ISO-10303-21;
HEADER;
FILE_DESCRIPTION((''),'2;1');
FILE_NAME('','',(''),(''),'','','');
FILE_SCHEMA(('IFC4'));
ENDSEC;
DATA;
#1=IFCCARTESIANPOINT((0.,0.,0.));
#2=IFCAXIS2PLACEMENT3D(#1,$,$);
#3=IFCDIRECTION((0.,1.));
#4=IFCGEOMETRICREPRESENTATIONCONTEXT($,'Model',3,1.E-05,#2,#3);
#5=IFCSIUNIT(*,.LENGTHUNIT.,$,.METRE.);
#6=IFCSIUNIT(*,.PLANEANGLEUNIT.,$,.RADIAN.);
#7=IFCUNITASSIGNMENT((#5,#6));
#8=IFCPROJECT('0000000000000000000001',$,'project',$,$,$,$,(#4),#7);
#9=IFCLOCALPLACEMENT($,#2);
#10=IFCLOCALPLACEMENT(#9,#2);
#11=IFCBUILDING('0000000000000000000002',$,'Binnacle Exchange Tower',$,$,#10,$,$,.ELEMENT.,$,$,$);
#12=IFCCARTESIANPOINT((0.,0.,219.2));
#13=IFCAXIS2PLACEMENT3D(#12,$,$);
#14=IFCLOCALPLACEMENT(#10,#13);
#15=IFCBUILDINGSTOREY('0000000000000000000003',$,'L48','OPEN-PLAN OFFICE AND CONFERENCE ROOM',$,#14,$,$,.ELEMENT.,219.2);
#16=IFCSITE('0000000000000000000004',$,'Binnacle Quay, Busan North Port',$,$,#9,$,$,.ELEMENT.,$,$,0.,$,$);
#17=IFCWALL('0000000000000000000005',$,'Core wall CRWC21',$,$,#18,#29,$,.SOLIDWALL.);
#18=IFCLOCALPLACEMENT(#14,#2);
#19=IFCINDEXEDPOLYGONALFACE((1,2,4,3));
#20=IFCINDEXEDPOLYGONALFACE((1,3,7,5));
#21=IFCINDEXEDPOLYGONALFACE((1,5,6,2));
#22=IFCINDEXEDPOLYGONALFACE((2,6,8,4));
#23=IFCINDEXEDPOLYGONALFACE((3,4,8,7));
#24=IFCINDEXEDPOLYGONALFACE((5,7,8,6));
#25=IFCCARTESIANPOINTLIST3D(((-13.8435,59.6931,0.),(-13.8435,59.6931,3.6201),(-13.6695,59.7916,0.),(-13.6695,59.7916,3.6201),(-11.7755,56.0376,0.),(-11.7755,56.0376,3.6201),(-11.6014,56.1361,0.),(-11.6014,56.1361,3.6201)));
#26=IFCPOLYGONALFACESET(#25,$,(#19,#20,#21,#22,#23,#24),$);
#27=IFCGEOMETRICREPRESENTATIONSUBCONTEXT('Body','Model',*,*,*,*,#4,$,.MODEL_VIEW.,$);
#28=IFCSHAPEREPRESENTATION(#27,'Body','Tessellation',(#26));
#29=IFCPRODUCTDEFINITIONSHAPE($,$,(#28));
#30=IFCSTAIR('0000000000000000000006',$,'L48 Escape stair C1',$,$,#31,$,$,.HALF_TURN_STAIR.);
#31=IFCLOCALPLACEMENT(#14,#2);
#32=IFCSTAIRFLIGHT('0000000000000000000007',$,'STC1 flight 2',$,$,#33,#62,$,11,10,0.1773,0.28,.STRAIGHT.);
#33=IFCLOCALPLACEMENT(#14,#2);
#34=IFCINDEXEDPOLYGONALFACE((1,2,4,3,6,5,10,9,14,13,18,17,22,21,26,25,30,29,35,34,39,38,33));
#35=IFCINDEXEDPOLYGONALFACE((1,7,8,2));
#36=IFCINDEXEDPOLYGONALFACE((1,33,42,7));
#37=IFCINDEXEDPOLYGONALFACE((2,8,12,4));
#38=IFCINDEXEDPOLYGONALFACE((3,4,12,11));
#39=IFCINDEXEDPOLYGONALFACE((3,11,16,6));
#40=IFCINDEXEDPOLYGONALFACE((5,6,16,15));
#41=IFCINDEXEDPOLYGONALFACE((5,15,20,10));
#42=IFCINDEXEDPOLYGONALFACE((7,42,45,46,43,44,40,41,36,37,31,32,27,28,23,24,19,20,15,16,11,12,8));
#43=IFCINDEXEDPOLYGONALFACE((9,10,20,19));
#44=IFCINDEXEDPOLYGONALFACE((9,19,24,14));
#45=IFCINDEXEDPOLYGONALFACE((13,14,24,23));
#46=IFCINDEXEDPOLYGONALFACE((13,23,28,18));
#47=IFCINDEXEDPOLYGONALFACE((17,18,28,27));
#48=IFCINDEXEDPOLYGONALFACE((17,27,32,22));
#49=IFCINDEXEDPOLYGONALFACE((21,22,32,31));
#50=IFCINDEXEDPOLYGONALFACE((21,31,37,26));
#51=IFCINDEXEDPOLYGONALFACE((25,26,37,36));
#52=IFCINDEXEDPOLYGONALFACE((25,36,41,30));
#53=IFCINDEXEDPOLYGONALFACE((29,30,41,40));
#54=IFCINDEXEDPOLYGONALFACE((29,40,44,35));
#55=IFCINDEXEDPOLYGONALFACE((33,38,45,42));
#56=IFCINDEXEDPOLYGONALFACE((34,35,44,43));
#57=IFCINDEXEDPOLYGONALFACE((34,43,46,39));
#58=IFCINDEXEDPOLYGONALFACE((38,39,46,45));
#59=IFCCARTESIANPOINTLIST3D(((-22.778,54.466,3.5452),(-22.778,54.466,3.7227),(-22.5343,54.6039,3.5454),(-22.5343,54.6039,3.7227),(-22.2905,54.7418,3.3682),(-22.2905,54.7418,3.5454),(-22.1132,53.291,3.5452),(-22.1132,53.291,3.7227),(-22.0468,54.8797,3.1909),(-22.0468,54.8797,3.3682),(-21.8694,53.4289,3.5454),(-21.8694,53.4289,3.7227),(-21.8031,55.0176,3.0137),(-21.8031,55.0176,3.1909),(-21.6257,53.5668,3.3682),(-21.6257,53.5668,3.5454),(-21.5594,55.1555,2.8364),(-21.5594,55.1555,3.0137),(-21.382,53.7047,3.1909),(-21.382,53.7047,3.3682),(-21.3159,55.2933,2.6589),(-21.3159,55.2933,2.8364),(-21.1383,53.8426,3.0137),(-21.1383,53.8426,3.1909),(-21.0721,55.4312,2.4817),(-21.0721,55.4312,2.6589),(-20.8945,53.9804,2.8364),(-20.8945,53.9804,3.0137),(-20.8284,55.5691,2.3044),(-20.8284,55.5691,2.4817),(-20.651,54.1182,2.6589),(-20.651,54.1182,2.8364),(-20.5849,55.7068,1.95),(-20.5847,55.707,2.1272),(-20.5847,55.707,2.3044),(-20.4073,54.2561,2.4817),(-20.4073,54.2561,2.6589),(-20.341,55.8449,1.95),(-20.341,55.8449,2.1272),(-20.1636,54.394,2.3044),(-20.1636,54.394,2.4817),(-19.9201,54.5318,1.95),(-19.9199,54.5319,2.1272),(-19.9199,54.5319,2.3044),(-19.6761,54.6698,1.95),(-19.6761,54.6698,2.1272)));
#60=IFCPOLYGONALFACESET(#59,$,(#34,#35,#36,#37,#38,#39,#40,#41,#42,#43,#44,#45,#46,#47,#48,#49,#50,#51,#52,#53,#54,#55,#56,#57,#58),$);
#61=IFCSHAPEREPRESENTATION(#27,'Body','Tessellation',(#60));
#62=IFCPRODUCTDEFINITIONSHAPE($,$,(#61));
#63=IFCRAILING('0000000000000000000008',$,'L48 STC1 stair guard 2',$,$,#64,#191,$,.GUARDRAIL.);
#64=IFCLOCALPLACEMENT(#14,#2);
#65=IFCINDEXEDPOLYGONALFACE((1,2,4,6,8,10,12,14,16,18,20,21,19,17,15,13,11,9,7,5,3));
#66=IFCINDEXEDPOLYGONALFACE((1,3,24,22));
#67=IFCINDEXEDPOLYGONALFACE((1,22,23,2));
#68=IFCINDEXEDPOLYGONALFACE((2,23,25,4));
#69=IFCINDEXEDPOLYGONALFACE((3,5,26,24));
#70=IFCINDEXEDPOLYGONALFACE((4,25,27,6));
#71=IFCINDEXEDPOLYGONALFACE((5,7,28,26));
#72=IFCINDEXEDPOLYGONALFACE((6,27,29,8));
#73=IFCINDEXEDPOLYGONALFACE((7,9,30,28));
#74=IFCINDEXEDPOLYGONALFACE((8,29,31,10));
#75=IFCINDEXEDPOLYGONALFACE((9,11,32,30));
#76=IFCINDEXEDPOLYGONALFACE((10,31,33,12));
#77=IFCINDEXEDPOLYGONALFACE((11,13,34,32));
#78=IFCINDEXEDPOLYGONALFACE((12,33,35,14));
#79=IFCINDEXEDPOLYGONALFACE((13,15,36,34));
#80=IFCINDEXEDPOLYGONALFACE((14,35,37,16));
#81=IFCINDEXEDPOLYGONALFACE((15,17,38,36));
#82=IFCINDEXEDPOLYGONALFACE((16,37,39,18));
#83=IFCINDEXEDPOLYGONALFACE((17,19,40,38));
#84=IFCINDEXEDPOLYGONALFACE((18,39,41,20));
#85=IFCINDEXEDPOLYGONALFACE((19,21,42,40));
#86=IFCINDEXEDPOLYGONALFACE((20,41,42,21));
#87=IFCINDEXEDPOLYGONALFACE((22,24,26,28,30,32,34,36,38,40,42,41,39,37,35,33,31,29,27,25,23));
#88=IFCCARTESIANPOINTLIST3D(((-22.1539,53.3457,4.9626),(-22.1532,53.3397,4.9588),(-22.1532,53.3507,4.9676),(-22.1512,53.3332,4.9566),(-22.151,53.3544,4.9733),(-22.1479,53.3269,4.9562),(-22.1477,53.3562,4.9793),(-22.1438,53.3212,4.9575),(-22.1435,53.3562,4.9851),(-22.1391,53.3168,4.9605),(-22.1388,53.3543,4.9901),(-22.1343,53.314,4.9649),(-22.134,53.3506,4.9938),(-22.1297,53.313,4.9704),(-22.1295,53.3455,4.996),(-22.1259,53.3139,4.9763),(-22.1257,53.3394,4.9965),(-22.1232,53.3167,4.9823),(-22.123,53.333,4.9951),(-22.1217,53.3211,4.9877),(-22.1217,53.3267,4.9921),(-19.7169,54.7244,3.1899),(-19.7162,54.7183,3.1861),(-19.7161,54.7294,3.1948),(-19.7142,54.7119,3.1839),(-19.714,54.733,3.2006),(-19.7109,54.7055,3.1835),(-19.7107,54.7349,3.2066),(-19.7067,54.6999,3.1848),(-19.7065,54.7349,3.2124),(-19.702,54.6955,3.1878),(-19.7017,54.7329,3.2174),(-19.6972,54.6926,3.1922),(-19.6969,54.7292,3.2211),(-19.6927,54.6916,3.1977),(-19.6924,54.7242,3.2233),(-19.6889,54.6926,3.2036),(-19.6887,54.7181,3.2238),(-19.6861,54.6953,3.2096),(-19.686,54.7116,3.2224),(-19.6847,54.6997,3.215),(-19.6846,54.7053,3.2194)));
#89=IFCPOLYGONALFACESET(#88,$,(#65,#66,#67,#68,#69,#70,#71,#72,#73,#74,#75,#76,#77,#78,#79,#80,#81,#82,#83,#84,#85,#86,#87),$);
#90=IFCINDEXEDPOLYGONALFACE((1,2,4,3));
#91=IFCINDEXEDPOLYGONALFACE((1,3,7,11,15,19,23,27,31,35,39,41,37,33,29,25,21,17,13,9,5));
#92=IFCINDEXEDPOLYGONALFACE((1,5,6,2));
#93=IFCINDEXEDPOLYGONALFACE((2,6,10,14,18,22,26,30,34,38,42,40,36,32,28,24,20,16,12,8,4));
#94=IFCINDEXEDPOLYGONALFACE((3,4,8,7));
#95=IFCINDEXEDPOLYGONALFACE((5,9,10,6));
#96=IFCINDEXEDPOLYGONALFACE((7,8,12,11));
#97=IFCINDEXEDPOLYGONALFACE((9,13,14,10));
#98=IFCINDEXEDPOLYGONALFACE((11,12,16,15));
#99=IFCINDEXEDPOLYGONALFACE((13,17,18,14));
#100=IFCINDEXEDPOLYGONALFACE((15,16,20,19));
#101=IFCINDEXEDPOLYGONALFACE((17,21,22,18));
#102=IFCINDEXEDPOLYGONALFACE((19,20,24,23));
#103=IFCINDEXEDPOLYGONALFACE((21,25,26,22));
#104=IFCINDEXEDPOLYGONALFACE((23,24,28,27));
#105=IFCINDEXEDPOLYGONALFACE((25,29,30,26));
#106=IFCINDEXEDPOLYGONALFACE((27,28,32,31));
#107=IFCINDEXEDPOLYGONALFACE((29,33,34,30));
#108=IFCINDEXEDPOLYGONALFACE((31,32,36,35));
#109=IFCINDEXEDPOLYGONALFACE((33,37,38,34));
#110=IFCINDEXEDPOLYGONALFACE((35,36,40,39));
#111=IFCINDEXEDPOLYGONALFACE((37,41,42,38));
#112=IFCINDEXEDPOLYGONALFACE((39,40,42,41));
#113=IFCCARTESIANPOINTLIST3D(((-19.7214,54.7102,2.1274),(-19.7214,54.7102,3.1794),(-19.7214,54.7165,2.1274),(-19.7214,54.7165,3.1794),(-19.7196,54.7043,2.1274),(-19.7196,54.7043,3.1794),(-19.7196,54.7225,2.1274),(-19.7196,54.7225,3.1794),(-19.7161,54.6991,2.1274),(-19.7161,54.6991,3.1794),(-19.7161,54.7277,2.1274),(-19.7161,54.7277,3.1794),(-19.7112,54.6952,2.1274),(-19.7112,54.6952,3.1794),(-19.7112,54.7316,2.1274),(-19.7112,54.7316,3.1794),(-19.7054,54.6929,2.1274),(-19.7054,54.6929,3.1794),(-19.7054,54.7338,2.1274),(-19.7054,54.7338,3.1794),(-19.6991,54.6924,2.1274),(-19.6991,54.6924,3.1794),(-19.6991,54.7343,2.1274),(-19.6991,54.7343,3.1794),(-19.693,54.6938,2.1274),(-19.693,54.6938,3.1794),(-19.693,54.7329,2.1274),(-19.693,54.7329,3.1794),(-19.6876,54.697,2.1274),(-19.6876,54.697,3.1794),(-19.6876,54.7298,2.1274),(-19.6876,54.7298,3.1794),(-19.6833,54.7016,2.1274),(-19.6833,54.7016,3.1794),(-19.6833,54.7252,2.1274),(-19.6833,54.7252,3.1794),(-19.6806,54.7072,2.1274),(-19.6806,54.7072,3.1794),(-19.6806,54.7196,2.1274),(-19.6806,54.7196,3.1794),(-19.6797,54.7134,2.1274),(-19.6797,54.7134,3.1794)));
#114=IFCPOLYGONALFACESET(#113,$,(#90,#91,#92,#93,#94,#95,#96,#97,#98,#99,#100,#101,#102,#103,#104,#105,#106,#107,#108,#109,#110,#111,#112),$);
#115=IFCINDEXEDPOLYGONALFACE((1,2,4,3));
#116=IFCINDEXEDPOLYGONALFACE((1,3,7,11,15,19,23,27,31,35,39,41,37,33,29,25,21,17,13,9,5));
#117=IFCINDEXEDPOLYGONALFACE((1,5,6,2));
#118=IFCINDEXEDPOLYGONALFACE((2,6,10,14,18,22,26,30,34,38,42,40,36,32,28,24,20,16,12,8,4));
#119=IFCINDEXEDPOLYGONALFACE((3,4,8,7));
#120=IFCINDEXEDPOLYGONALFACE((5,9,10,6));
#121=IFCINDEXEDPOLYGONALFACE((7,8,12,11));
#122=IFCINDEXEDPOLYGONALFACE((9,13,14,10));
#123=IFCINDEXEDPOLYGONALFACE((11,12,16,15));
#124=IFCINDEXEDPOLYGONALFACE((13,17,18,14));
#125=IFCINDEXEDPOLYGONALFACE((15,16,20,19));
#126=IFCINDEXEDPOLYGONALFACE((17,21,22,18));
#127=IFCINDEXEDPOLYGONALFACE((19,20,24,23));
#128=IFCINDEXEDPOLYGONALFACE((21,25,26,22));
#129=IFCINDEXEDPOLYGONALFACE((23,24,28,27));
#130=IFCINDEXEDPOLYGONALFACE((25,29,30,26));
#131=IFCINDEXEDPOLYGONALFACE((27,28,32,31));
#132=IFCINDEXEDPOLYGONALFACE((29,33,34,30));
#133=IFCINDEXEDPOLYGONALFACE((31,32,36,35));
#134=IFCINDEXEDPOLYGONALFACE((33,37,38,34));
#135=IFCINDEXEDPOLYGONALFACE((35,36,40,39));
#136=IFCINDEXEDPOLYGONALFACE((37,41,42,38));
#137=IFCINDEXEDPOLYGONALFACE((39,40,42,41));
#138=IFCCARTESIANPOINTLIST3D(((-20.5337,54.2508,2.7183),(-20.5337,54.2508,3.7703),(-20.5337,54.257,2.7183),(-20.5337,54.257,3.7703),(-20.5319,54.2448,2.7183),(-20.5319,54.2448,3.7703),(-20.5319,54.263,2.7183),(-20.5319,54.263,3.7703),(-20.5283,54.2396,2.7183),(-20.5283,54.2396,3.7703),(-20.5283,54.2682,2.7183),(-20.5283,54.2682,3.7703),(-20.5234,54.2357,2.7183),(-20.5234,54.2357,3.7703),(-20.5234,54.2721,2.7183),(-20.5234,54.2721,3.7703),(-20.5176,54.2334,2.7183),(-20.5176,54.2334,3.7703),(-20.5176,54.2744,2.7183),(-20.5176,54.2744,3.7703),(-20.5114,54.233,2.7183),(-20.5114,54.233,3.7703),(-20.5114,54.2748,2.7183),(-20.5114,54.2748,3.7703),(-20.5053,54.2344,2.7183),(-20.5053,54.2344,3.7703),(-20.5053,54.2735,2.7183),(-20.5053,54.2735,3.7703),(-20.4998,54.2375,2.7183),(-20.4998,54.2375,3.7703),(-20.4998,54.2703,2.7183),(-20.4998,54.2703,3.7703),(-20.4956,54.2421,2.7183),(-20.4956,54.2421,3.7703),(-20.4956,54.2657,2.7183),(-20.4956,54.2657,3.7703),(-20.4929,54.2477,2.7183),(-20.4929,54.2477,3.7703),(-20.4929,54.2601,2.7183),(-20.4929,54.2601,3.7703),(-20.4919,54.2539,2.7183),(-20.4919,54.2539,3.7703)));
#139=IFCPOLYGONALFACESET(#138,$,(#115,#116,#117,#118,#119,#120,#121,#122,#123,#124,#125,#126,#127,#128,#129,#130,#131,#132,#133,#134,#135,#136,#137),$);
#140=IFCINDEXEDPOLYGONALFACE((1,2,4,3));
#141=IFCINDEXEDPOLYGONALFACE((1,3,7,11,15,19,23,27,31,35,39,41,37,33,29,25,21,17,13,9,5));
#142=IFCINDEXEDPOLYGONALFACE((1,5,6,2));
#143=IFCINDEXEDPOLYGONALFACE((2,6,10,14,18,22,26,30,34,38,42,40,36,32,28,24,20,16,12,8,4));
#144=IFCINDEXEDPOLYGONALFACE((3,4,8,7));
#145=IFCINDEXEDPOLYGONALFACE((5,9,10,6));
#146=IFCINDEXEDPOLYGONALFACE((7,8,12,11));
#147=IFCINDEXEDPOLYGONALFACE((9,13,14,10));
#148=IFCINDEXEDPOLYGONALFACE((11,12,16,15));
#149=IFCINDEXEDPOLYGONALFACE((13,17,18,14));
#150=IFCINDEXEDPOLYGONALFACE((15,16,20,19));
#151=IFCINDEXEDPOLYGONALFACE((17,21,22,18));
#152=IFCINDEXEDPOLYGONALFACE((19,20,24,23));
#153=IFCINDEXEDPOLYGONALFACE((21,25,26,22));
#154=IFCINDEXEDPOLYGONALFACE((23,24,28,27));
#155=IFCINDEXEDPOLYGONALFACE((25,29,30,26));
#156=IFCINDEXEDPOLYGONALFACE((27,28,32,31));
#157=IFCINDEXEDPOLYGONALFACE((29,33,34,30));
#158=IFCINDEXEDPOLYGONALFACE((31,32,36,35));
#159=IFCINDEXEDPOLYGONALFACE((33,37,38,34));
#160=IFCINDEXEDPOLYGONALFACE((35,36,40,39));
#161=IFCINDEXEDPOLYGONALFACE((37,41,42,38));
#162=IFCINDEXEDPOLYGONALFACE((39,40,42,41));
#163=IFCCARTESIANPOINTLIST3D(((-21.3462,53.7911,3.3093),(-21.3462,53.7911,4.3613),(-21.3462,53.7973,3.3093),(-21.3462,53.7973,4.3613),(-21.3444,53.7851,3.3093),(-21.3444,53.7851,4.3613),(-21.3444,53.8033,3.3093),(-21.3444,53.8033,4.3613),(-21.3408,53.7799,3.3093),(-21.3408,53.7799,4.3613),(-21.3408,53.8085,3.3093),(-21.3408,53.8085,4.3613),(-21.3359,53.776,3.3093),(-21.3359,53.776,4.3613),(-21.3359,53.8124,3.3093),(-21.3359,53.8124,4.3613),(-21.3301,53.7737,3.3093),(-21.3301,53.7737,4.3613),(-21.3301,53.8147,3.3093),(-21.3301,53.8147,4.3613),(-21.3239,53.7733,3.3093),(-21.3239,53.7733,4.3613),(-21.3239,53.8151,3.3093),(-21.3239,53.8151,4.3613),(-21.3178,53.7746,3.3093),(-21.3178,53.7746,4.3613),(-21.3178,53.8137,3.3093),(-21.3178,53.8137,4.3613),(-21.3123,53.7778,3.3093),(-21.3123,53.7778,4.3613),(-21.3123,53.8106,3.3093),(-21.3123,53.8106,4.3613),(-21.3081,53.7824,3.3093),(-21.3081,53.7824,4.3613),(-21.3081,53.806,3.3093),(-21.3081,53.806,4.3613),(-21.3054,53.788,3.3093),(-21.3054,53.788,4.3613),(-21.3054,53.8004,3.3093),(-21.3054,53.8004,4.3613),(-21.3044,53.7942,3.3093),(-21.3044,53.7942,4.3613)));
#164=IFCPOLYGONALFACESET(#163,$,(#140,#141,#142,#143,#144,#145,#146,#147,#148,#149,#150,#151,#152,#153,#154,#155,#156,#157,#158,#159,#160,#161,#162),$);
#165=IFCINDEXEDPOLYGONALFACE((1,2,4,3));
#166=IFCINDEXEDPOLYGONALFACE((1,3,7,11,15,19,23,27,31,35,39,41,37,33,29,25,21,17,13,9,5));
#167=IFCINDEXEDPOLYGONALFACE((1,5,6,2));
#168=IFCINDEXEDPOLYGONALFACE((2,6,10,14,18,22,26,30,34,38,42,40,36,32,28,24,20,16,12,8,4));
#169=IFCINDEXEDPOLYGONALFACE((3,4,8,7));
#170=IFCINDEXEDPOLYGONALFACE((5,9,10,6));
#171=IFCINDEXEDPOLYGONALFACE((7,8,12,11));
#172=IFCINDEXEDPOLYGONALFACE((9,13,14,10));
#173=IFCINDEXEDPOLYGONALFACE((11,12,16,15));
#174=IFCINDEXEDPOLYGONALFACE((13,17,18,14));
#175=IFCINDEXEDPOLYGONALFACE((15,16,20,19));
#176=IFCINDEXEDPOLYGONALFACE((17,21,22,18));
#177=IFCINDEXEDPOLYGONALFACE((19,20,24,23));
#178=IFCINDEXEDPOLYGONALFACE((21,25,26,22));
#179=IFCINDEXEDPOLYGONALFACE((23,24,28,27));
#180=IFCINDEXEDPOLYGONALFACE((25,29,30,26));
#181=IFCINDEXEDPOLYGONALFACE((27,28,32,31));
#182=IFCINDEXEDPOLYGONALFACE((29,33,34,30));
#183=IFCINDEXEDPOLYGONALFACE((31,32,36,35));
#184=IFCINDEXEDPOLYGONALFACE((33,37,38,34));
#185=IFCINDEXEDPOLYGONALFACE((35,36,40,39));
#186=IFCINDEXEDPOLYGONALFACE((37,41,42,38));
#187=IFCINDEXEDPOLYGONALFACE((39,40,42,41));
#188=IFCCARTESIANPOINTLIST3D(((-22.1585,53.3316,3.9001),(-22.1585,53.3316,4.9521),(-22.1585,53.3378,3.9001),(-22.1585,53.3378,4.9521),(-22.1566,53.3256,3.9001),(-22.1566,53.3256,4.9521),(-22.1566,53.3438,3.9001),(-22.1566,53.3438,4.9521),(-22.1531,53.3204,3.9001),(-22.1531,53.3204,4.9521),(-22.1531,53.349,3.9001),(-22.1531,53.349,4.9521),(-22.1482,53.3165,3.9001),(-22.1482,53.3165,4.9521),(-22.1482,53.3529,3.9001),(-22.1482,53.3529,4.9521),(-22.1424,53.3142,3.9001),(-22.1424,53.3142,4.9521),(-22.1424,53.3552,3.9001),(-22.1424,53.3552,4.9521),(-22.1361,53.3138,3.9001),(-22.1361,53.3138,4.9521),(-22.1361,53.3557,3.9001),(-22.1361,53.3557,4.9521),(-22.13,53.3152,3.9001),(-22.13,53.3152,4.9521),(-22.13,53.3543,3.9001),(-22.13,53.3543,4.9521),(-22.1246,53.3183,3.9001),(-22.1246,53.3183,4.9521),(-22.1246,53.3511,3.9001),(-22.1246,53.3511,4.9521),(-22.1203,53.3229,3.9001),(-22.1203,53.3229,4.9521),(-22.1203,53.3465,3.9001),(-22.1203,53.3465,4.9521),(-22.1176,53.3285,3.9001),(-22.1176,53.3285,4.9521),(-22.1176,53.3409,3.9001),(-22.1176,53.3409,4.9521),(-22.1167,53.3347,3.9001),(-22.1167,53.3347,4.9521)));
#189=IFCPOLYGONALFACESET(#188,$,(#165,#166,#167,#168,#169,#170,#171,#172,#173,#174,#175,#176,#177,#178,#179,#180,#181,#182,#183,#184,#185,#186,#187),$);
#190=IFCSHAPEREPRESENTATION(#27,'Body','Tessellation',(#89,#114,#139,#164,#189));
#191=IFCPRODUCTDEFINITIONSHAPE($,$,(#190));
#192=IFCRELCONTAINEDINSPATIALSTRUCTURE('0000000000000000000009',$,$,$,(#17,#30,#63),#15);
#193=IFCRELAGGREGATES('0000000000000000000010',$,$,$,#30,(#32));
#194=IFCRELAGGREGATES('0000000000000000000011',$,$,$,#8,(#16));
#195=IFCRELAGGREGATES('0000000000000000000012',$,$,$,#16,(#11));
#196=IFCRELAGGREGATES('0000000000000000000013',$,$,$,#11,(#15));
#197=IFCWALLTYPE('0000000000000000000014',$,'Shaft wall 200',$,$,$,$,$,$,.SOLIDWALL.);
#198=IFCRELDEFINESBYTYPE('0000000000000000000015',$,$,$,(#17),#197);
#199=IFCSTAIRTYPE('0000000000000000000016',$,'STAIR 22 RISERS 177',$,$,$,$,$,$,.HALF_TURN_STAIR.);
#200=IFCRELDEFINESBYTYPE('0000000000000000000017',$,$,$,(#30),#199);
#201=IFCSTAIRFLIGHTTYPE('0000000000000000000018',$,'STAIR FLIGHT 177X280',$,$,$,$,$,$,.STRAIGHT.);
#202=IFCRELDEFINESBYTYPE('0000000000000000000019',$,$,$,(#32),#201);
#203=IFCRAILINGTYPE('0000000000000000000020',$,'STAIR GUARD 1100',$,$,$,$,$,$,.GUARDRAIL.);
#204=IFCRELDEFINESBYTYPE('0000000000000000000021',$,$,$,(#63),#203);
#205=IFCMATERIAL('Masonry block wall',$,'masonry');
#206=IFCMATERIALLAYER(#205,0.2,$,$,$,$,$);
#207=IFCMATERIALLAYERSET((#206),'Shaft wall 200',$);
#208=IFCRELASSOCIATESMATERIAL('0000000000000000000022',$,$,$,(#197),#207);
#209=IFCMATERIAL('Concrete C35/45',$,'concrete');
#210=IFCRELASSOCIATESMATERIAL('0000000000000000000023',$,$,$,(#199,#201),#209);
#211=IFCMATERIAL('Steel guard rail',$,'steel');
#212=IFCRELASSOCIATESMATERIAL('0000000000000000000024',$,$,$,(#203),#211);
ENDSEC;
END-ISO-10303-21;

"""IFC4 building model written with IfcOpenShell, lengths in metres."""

from ifc_helpers import new_model, si_unit, direction, frame, frame_2d, origin, origin_2d, place, context, subcontext, project, spatial, polyline, rectangle, circle, outline, extrude, material, layer, layer_set, type_object, element, aggregate, save


model = new_model("IFC4")

# Units and contexts
model_context = context("Model", 3, precision=1e-05, world=origin(), true_north=direction((0.0, 1.0)))
body_context = subcontext(model_context, "Body", "Model", "MODEL_VIEW")
ifc_project = project(units=[si_unit("LENGTHUNIT", "METRE"), si_unit("PLANEANGLEUNIT", "RADIAN")], contexts=[model_context])

# Site, building, storey
site_placement = place(None, origin())
site = spatial("IfcSite", under=ifc_project, at=site_placement, Name="Binnacle Quay, Busan North Port", CompositionType="ELEMENT", RefElevation=0.0)
building_placement = place(site_placement, origin())
building = spatial("IfcBuilding", under=site, at=building_placement, Name="Binnacle Exchange Tower", CompositionType="ELEMENT")
storey_placement = place(building_placement, frame((0.0, 0.0, 219.2)))
storey = spatial("IfcBuildingStorey", under=building, at=storey_placement, Name="L48", Description="OPEN-PLAN OFFICE AND CONFERENCE ROOM", CompositionType="ELEMENT", Elevation=219.2)

# Shared definitions
ifc_material_1 = material(Name="Masonry block wall", Category="masonry")

# Wall
ifc_layer_1 = layer(ifc_material_1, 0.2)
ifc_layer_set_1 = layer_set([ifc_layer_1], Name="Shaft wall 200")
wall_type_1 = type_object("IfcWallType", Name="Shaft wall 200", PredefinedType="SOLIDWALL", material=ifc_layer_set_1)
for number, where, z_axis, x_axis, name in (
    (1, (-13.7566, 59.7424, 0.0), (0.0, 0.0, 1.0), (0.49241, -0.870364, 0.0), "Core wall CRWC21"),
):
    element("IfcWall", number, at=place(storey_placement, frame(where, z_axis=z_axis, x_axis=x_axis)), inside=storey, type_object=wall_type_1, Name=name, PredefinedType="SOLIDWALL", context=body_context, shape_type="SweptSolid", body=[
        extrude(rectangle(XDim=4.2, YDim=0.2, at=frame_2d((2.1001, 0.0))), origin(), (0.0, 0.0, 1.0), 3.6201),
    ])

# Stair, stair flight
ifc_material_2 = material(Name="Concrete C35/45", Category="concrete")
stair_type = type_object("IfcStairType", Name="STAIR 22 RISERS 177", PredefinedType="HALF_TURN_STAIR", material=ifc_material_2)
stair_placement = place(storey_placement, origin())
stair = element("IfcStair", 2, at=stair_placement, inside=storey, type_object=stair_type, Name="L48 Escape stair C1", PredefinedType="HALF_TURN_STAIR")
stair_flight_type = type_object("IfcStairFlightType", Name="STAIR FLIGHT 177X280", PredefinedType="STRAIGHT", material=ifc_material_2)
stair_flight_placement = place(storey_placement, frame((-20.0085, 55.2573, 1.95), z_axis=(0.0, 0.0, 1.0), x_axis=(-0.870356, -0.492424, 0.0)))
stair_flight = element("IfcStairFlight", 3, at=stair_flight_placement, type_object=stair_flight_type, Name="STC1 flight 2", NumberOfRisers=11, NumberOfTreads=10, PredefinedType="STRAIGHT", RiserHeight=0.1773, TreadLength=0.28, context=body_context, shape_type="SweptSolid", body=[
    extrude(outline(polyline([(0.0, 0.0), (0.0, 0.1772), (0.28, 0.1772), (0.28, 0.3545), (0.5601, 0.3545), (0.5601, 0.5317), (0.8401, 0.5317), (0.8401, 0.709), (1.1201, 0.709), (1.1201, 0.8865), (1.3999, 0.8865), (1.3999, 1.0637), (1.6799, 1.0637), (1.6799, 1.241), (1.96, 1.241), (1.96, 1.4182), (2.24, 1.4182), (2.24, 1.5955), (2.52, 1.5955), (2.52, 1.7727), (2.8, 1.7727), (2.8, 1.95), (2.8, 1.5952), (0.2803, 0.0), (0.0, 0.0)])), frame((0.0, 0.675, 0.0), z_axis=(0.0, -1.0, 0.0), x_axis=(1.0, 0.0, 0.0)), (0.0, 0.0, 1.0), 1.3501),
])
aggregate(stair, [stair_flight])

# Railing
ifc_material_3 = material(Name="Steel guard rail", Category="steel")
railing_type_1 = type_object("IfcRailingType", Name="STAIR GUARD 1100", PredefinedType="GUARDRAIL", material=ifc_material_3)
railing_1_placement = place(storey_placement, frame((-19.7007, 54.7134, 2.1274)))
element("IfcRailing", 4, at=railing_1_placement, inside=storey, type_object=railing_type_1, Name="L48 STC1 stair guard 2", PredefinedType="GUARDRAIL", context=body_context, shape_type="SweptSolid", body=[
    extrude(circle(Radius=0.0239, at=origin_2d()), frame((0.0, 0.0, 1.0762), z_axis=(-0.735381, -0.416019, 0.534923), x_axis=(0.492388, -0.870376, 0.0)), (0.0, 0.0, 1.0), 3.314),
    extrude(circle(Radius=0.021, at=origin_2d()), origin(), (0.0, 0.0, 1.0), 1.052),
    extrude(circle(Radius=0.021, at=origin_2d()), frame((-0.8123, -0.4595, 0.5908)), (0.0, 0.0, 1.0), 1.052),
    extrude(circle(Radius=0.021, at=origin_2d()), frame((-1.6248, -0.9192, 1.1819)), (0.0, 0.0, 1.0), 1.052),
    extrude(circle(Radius=0.021, at=origin_2d()), frame((-2.437, -1.3787, 1.7727)), (0.0, 0.0, 1.0), 1.052),
])

save(model, "model.ifc")
